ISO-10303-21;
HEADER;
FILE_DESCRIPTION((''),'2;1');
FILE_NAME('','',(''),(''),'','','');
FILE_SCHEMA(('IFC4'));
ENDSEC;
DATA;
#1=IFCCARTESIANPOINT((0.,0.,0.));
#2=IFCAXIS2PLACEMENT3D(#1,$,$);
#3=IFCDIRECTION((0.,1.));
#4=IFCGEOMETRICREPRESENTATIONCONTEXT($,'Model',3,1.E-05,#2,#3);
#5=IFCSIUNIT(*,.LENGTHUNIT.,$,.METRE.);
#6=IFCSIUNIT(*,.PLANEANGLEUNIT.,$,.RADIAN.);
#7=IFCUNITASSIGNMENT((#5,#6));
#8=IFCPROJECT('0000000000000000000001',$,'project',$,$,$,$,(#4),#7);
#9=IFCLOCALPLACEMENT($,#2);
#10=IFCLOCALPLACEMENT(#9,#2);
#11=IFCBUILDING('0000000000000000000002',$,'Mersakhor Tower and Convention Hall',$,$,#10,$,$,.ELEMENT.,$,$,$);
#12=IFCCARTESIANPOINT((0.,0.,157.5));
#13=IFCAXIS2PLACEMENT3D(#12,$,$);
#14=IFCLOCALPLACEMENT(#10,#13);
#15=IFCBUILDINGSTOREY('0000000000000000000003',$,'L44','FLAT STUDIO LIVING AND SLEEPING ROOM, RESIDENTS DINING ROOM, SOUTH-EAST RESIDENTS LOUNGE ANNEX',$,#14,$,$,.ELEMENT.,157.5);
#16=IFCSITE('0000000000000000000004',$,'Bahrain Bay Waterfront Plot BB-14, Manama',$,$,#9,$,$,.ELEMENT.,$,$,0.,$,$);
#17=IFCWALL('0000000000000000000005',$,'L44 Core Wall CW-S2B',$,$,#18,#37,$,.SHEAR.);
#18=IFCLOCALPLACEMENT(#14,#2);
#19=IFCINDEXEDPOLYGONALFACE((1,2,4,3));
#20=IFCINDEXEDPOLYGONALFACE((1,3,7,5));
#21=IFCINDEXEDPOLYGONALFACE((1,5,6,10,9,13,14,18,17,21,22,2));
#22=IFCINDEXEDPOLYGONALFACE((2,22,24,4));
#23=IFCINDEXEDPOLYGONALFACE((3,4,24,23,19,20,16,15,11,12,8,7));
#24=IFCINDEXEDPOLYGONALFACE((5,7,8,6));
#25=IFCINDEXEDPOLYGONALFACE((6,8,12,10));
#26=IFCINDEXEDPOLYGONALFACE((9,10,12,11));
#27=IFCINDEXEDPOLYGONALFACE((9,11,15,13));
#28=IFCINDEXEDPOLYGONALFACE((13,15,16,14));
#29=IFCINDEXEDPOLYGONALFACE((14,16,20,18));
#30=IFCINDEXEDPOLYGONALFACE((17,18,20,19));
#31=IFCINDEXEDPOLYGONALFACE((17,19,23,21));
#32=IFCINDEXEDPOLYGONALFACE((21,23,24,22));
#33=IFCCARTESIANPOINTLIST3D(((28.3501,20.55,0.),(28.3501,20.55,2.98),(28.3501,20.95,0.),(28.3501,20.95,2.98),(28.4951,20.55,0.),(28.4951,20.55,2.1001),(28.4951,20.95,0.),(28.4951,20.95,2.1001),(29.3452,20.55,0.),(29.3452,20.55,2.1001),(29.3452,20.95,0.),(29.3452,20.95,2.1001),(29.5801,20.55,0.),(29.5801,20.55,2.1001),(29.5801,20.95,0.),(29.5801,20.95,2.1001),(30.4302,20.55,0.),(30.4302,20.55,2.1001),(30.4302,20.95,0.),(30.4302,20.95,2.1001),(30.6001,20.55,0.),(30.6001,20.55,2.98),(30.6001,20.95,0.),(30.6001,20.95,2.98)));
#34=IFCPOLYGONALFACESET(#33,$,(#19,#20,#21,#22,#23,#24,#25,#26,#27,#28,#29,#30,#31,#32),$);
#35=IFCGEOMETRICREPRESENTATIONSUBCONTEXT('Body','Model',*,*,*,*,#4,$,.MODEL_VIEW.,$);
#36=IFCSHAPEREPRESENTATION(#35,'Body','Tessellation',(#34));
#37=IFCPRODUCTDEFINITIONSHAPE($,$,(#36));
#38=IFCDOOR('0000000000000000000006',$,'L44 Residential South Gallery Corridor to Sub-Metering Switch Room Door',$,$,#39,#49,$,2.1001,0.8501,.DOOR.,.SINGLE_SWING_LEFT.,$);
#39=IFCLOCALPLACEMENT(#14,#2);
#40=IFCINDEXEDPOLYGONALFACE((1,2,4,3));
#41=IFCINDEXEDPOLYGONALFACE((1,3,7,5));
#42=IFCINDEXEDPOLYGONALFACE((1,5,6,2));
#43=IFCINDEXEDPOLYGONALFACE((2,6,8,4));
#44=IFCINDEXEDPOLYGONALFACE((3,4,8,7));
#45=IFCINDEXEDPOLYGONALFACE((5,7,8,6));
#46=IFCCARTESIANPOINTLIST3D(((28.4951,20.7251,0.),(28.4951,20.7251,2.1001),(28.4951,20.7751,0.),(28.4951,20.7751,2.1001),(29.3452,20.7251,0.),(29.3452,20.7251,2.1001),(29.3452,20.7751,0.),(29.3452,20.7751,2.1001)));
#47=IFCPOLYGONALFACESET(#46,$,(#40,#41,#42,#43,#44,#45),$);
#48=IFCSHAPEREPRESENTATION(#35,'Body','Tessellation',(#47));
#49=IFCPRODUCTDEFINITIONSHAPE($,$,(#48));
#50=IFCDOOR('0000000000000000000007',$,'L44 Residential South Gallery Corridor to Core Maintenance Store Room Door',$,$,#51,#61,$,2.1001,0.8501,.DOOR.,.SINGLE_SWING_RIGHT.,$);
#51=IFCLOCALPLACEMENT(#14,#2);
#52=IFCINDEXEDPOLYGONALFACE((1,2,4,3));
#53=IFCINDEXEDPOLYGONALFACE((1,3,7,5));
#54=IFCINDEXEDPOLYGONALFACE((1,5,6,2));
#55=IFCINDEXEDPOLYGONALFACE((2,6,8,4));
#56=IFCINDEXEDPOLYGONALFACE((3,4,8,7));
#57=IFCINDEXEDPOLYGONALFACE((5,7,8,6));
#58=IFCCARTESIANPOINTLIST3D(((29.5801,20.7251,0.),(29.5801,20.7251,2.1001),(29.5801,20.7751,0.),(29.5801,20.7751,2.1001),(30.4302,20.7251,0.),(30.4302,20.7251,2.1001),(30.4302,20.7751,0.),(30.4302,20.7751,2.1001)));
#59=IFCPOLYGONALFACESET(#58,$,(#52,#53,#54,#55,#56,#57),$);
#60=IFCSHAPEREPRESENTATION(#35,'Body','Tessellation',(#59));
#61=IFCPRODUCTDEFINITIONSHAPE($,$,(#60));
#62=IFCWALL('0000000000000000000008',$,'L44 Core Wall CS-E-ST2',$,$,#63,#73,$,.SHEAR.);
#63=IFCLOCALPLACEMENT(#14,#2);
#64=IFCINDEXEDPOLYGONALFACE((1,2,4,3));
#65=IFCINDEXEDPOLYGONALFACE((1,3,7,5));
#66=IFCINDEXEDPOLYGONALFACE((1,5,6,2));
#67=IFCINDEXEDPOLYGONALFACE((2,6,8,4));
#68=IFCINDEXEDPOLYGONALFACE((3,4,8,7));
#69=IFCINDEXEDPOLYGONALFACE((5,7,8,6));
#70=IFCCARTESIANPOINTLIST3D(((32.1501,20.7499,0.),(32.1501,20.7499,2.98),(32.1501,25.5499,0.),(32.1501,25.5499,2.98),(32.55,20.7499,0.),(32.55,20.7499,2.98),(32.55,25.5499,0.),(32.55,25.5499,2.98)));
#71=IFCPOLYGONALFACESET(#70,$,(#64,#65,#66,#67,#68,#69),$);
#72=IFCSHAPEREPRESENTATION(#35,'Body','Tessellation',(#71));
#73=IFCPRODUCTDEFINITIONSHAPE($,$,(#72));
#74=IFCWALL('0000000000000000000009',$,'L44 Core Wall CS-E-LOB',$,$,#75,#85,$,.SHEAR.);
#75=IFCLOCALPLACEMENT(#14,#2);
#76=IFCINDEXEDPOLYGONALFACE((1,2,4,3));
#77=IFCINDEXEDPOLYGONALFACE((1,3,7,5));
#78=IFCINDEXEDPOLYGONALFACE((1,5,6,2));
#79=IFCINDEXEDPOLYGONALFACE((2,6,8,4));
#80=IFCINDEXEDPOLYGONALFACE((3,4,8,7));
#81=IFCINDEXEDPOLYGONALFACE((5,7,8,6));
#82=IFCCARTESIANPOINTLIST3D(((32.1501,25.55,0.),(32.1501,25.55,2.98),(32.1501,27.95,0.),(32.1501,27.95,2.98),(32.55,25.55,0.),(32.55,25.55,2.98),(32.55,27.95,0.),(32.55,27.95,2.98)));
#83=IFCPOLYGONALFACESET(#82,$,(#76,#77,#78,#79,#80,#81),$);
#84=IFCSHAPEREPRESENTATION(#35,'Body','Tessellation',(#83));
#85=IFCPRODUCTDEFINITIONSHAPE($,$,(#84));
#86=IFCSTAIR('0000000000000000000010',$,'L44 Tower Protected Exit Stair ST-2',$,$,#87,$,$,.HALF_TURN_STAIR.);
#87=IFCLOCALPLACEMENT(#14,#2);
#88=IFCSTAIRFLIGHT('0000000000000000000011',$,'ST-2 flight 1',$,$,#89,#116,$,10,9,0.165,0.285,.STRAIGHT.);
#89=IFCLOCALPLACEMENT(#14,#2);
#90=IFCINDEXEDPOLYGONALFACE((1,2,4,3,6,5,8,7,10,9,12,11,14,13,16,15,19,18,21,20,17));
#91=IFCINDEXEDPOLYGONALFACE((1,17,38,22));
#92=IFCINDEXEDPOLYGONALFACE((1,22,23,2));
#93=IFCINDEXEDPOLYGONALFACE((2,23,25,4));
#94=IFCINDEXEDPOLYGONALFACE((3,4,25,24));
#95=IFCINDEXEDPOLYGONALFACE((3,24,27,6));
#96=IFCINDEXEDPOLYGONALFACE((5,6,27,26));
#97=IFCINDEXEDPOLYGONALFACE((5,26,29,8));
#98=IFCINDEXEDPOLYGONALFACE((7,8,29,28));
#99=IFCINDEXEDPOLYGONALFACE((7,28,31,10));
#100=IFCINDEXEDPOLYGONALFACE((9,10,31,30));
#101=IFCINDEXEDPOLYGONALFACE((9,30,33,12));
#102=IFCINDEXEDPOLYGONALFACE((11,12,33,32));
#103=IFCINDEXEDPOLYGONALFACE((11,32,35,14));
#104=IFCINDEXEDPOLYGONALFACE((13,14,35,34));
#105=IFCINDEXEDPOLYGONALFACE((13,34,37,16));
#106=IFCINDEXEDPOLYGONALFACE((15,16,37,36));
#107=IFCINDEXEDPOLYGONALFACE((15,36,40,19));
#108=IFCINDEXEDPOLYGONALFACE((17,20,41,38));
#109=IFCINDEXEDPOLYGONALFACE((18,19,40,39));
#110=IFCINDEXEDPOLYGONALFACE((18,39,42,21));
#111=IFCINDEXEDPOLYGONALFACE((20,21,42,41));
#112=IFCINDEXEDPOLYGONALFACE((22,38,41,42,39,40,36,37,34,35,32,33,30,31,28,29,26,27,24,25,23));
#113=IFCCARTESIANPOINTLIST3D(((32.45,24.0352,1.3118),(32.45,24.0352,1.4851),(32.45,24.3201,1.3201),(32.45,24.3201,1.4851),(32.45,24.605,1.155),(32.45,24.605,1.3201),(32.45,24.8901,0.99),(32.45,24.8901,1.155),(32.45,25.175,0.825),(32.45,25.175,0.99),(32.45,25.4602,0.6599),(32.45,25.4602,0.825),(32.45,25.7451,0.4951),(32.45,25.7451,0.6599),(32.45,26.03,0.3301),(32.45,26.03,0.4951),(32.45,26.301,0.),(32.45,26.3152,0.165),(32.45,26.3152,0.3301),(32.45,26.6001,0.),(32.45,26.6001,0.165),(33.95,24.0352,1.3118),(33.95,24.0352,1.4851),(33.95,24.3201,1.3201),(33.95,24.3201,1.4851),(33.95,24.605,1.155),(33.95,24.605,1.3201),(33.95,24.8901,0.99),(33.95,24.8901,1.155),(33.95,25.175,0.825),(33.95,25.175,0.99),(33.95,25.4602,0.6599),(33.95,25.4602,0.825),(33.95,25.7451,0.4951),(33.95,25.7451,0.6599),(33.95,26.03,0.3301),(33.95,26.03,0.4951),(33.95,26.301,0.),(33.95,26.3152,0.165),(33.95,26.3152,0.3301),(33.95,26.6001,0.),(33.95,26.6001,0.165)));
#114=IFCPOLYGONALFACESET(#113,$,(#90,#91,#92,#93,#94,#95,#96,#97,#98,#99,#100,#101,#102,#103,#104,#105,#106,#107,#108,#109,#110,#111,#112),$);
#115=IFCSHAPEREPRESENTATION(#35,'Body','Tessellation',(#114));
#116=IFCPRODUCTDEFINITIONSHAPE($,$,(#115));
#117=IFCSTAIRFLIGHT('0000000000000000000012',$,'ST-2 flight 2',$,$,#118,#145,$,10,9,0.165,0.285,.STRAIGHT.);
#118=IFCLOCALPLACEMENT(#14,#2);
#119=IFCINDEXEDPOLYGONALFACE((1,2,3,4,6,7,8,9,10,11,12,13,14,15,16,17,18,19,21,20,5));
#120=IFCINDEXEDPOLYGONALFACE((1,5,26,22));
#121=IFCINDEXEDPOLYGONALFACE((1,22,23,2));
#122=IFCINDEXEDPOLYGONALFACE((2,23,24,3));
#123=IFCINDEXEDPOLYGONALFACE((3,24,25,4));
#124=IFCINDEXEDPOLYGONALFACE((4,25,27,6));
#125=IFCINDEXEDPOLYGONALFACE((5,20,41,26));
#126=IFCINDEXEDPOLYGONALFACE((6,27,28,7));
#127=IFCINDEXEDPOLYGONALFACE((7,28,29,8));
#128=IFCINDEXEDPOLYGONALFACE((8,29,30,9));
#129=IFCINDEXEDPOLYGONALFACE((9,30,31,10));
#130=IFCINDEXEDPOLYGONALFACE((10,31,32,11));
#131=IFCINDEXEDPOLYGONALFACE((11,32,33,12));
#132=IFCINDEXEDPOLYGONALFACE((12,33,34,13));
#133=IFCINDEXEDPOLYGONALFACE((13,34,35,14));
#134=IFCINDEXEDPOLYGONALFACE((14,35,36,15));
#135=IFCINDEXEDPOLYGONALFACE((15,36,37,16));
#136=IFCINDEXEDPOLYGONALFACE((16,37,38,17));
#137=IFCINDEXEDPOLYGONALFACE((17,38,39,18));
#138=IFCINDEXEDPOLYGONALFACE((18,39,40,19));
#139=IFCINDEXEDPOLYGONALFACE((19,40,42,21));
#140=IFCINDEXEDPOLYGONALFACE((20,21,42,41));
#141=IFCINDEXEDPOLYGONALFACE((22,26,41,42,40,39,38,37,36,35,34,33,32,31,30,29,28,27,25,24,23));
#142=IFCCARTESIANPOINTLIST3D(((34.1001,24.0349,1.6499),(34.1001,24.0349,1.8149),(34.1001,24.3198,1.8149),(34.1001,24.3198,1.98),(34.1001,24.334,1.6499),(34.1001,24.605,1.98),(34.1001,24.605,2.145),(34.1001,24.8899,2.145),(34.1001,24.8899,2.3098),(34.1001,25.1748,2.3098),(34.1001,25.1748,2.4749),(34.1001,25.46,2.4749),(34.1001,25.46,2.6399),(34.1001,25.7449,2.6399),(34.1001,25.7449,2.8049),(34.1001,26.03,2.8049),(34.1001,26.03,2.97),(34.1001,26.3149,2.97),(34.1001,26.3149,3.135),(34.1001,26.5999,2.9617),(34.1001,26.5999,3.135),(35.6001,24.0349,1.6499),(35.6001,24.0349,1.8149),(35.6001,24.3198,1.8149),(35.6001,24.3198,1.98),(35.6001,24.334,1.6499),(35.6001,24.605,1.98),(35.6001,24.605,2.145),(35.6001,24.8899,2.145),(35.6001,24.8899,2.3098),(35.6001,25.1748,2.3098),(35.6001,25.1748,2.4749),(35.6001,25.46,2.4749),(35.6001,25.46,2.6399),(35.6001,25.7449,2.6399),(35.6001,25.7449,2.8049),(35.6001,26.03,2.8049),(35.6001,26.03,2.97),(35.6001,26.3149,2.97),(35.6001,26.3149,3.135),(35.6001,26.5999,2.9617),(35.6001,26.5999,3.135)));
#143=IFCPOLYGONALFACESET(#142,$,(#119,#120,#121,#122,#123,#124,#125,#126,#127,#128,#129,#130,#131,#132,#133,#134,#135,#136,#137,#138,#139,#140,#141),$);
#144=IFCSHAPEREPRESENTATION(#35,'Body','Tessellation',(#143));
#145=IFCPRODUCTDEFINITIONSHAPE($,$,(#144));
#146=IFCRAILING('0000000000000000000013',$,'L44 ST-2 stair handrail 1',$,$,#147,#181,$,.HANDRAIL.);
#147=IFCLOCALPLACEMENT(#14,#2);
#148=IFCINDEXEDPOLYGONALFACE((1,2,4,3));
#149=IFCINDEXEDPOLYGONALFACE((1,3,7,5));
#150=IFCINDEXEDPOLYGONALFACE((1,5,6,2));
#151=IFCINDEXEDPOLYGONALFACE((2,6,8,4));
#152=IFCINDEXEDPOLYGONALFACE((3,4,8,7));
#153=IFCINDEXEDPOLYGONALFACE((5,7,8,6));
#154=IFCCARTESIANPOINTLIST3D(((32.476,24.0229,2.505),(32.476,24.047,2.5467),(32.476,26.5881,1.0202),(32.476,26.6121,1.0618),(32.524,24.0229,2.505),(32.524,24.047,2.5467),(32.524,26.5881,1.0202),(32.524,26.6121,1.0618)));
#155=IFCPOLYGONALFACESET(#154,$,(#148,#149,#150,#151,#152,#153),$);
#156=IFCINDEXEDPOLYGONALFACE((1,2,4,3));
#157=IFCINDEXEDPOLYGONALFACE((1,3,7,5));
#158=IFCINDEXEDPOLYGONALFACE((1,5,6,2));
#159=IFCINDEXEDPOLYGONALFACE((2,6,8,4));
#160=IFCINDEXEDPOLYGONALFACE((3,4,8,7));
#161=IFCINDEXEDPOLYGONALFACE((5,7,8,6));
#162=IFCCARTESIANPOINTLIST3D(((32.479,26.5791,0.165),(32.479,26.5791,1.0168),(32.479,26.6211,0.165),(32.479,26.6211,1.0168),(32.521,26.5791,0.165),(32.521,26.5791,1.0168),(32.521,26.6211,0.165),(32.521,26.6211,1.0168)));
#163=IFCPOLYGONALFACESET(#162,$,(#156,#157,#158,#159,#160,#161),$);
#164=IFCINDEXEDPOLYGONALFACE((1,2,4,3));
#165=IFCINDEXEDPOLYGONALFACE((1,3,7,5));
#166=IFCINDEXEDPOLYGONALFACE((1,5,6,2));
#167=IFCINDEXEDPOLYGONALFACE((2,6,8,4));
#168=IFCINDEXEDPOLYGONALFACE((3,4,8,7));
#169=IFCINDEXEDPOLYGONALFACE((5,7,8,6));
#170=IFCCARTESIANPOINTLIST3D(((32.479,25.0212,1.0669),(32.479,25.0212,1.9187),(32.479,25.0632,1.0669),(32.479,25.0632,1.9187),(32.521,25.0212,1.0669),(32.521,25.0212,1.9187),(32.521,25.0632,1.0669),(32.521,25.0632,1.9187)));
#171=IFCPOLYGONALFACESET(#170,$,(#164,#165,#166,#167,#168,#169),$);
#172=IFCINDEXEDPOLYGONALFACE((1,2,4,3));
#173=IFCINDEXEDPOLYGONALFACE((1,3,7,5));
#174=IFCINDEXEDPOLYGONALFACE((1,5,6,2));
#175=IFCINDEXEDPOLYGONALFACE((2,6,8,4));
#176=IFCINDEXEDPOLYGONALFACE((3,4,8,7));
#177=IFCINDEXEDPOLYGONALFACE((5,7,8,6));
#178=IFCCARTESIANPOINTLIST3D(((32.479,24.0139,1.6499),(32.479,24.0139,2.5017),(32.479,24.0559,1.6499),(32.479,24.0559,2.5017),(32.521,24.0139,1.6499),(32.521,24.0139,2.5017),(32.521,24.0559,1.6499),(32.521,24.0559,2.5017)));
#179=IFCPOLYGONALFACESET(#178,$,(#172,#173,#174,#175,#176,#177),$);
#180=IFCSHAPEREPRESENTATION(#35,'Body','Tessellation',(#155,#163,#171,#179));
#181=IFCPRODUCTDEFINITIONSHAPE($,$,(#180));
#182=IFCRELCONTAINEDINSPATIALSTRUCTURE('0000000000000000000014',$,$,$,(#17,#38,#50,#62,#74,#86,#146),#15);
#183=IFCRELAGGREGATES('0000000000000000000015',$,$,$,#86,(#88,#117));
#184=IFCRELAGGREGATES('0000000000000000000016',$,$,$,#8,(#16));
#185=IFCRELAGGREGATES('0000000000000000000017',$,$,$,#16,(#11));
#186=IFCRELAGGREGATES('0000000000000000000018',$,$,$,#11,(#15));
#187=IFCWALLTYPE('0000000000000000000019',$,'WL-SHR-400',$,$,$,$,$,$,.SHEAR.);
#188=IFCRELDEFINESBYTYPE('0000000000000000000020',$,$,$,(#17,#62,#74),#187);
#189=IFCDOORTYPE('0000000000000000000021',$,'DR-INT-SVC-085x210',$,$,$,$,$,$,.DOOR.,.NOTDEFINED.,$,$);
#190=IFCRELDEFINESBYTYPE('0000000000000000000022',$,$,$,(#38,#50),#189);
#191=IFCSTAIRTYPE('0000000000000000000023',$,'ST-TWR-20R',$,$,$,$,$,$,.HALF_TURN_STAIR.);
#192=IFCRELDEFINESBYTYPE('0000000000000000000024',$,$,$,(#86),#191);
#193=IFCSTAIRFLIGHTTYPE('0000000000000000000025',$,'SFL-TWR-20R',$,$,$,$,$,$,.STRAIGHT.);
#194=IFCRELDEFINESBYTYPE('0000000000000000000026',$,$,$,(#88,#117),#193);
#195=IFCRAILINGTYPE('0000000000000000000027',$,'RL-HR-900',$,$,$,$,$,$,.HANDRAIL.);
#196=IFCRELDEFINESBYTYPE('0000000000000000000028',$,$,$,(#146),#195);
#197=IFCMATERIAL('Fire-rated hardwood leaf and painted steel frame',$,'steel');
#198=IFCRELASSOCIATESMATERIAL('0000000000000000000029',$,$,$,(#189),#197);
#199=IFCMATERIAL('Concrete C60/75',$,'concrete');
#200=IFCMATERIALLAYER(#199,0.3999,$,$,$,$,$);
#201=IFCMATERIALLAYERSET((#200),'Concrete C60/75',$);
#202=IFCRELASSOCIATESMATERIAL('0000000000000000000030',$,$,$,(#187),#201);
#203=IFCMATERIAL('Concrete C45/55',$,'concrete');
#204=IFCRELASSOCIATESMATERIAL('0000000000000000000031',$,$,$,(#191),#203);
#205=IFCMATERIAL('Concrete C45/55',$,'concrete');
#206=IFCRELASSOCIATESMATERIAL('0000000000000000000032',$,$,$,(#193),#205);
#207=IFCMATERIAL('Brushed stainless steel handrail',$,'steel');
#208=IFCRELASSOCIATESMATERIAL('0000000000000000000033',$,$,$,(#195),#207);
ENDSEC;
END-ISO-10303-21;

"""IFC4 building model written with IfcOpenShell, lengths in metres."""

from ifc_helpers import new_model, si_unit, direction, frame, frame_2d, origin, origin_2d, place, context, subcontext, project, spatial, polyline, rectangle, outline, extrude, material, layer, layer_set, type_object, element, fill, aggregate, save


model = new_model("IFC4")

# Units and contexts
model_context = context("Model", 3, precision=1e-05, world=origin(), true_north=direction((0.0, 1.0)))
body_context = subcontext(model_context, "Body", "Model", "MODEL_VIEW")
ifc_project = project(units=[si_unit("LENGTHUNIT", "METRE"), si_unit("PLANEANGLEUNIT", "RADIAN")], contexts=[model_context])

# Site, building, storey
site_placement = place(None, origin())
site = spatial("IfcSite", under=ifc_project, at=site_placement, Name="Bahrain Bay Waterfront Plot BB-14, Manama", CompositionType="ELEMENT", RefElevation=0.0)
building_placement = place(site_placement, origin())
building = spatial("IfcBuilding", under=site, at=building_placement, Name="Mersakhor Tower and Convention Hall", CompositionType="ELEMENT")
storey_placement = place(building_placement, frame((0.0, 0.0, 157.5)))
storey = spatial("IfcBuildingStorey", under=building, at=storey_placement, Name="L44", Description="FLAT STUDIO LIVING AND SLEEPING ROOM, RESIDENTS DINING ROOM, SOUTH-EAST RESIDENTS LOUNGE ANNEX", CompositionType="ELEMENT", Elevation=157.5)

# Shared definitions
ifc_material_1 = material(Name="Fire-rated hardwood leaf and painted steel frame", Category="steel")
door_type_1 = type_object("IfcDoorType", Name="DR-INT-SVC-085x210", OperationType="NOTDEFINED", PredefinedType="DOOR", material=ifc_material_1)

# Shared definitions
ifc_material_2 = material(Name="Concrete C60/75", Category="concrete")
ifc_layer_1 = layer(ifc_material_2, 0.3999)
ifc_layer_set_1 = layer_set([ifc_layer_1], Name="Concrete C60/75")
wall_type_1 = type_object("IfcWallType", Name="WL-SHR-400", PredefinedType="SHEAR", material=ifc_layer_set_1)

# Wall, openings, doors
wall_1_placement = place(storey_placement, frame((30.6001, 20.75, 0.0), z_axis=(0.0, 0.0, 1.0), x_axis=(-1.0, 0.0, 0.0)))
wall_1 = element("IfcWall", 1, at=wall_1_placement, inside=storey, type_object=wall_type_1, Name="L44 Core Wall CW-S2B", PredefinedType="SHEAR", context=body_context, shape_type="SweptSolid", body=[
    extrude(rectangle(XDim=2.25, YDim=0.3999, at=frame_2d((1.125, 0.0))), origin(), (0.0, 0.0, 1.0), 2.98),
])
opening_1_placement = place(wall_1_placement, frame((1.2549, 0.0, 0.0)))
opening_1 = element("IfcOpeningElement", 2, at=opening_1_placement, cuts=wall_1, PredefinedType="OPENING", context=body_context, shape_type="SweptSolid", body=[
    extrude(rectangle(XDim=0.8501, YDim=2.1001, at=frame_2d((0.425, 1.05))), frame((0.0, 0.21, 0.0), z_axis=(0.0, -1.0, 0.0), x_axis=(1.0, 0.0, 0.0)), (0.0, 0.0, 1.0), 0.4199),
])
opening_2_placement = place(wall_1_placement, frame((0.1699, 0.0, 0.0)))
opening_2 = element("IfcOpeningElement", 3, at=opening_2_placement, cuts=wall_1, PredefinedType="OPENING", context=body_context, shape_type="SweptSolid", body=[
    extrude(rectangle(XDim=0.8501, YDim=2.1001, at=frame_2d((0.425, 1.05))), frame((0.0, 0.21, 0.0), z_axis=(0.0, -1.0, 0.0), x_axis=(1.0, 0.0, 0.0)), (0.0, 0.0, 1.0), 0.4199),
])
door_1_placement = place(opening_1_placement, origin())
door_1 = element("IfcDoor", 4, at=door_1_placement, inside=storey, type_object=door_type_1, Name="L44 Residential South Gallery Corridor to Sub-Metering Switch Room Door", OperationType="SINGLE_SWING_LEFT", OverallHeight=2.1001, OverallWidth=0.8501, PredefinedType="DOOR", context=body_context, shape_type="SweptSolid", body=[
    extrude(rectangle(XDim=0.8501, YDim=2.1001, at=frame_2d((0.425, 1.05))), frame((0.0, 0.0249, 0.0), z_axis=(0.0, -1.0, 0.0), x_axis=(1.0, 0.0, 0.0)), (0.0, 0.0, 1.0), 0.05),
])
fill(opening_1, door_1)
door_2_placement = place(opening_2_placement, origin())
door_2 = element("IfcDoor", 5, at=door_2_placement, inside=storey, type_object=door_type_1, Name="L44 Residential South Gallery Corridor to Core Maintenance Store Room Door", OperationType="SINGLE_SWING_RIGHT", OverallHeight=2.1001, OverallWidth=0.8501, PredefinedType="DOOR", context=body_context, shape_type="SweptSolid", body=[
    extrude(rectangle(XDim=0.8501, YDim=2.1001, at=frame_2d((0.425, 1.05))), frame((0.0, 0.0249, 0.0), z_axis=(0.0, -1.0, 0.0), x_axis=(1.0, 0.0, 0.0)), (0.0, 0.0, 1.0), 0.05),
])
fill(opening_2, door_2)

# Walls
wall_2_placement = place(storey_placement, frame((32.3501, 20.75, 0.0), z_axis=(0.0, 0.0, 1.0), x_axis=(0.0, 1.0, 0.0)))
element("IfcWall", 6, at=wall_2_placement, inside=storey, type_object=wall_type_1, Name="L44 Core Wall CS-E-ST2", PredefinedType="SHEAR", context=body_context, shape_type="SweptSolid", body=[
    extrude(rectangle(XDim=4.8, YDim=0.3999, at=frame_2d((2.3999, 0.0))), origin(), (0.0, 0.0, 1.0), 2.98),
])
wall_3_placement = place(storey_placement, frame((32.3501, 25.55, 0.0), z_axis=(0.0, 0.0, 1.0), x_axis=(0.0, 1.0, 0.0)))
element("IfcWall", 7, at=wall_3_placement, inside=storey, type_object=wall_type_1, Name="L44 Core Wall CS-E-LOB", PredefinedType="SHEAR", context=body_context, shape_type="SweptSolid", body=[
    extrude(rectangle(XDim=2.3999, YDim=0.3999, at=frame_2d((1.2, 0.0))), origin(), (0.0, 0.0, 1.0), 2.98),
])

# Stair, stair flights
ifc_material_3 = material(Name="Concrete C45/55", Category="concrete")
stair_type = type_object("IfcStairType", Name="ST-TWR-20R", PredefinedType="HALF_TURN_STAIR", material=ifc_material_3)
stair_placement = place(storey_placement, origin())
stair = element("IfcStair", 8, at=stair_placement, inside=storey, type_object=stair_type, Name="L44 Tower Protected Exit Stair ST-2", PredefinedType="HALF_TURN_STAIR")
ifc_material_4 = material(Name="Concrete C45/55", Category="concrete")
stair_flight_type = type_object("IfcStairFlightType", Name="SFL-TWR-20R", PredefinedType="STRAIGHT", material=ifc_material_4)
stair_flight_1_placement = place(storey_placement, frame((33.2, 26.6001, 0.0), z_axis=(0.0, 0.0, 1.0), x_axis=(0.0, -1.0, 0.0)))
stair_flight_1 = element("IfcStairFlight", 9, at=stair_flight_1_placement, type_object=stair_flight_type, Name="ST-2 flight 1", NumberOfRisers=10, NumberOfTreads=9, PredefinedType="STRAIGHT", RiserHeight=0.165, TreadLength=0.285, context=body_context, shape_type="SweptSolid", body=[
    extrude(outline(polyline([(0.0, 0.0), (0.0, 0.165), (0.2849, 0.165), (0.2849, 0.3301), (0.5701, 0.3301), (0.5701, 0.4951), (0.855, 0.4951), (0.855, 0.6599), (1.1399, 0.6599), (1.1399, 0.825), (1.425, 0.825), (1.425, 0.99), (1.71, 0.99), (1.71, 1.155), (1.9951, 1.155), (1.9951, 1.3201), (2.28, 1.3201), (2.28, 1.4851), (2.5649, 1.4851), (2.5649, 1.6499), (2.5649, 1.3118), (0.2991, 0.0), (0.0, 0.0)])), frame((0.0, 0.75, 0.0), z_axis=(0.0, -1.0, 0.0), x_axis=(1.0, 0.0, 0.0)), (0.0, 0.0, 1.0), 1.5),
])
stair_flight_2_placement = place(storey_placement, frame((34.8501, 24.0349, 1.6499), z_axis=(0.0, 0.0, 1.0), x_axis=(0.0, 1.0, 0.0)))
stair_flight_2 = element("IfcStairFlight", 10, at=stair_flight_2_placement, type_object=stair_flight_type, Name="ST-2 flight 2", NumberOfRisers=10, NumberOfTreads=9, PredefinedType="STRAIGHT", RiserHeight=0.165, TreadLength=0.285, context=body_context, shape_type="SweptSolid", body=[
    extrude(outline(polyline([(0.0, 0.0), (0.0, 0.165), (0.2849, 0.165), (0.2849, 0.3301), (0.5701, 0.3301), (0.5701, 0.4951), (0.855, 0.4951), (0.855, 0.6599), (1.1399, 0.6599), (1.1399, 0.825), (1.425, 0.825), (1.425, 0.99), (1.71, 0.99), (1.71, 1.155), (1.9951, 1.155), (1.9951, 1.3201), (2.28, 1.3201), (2.28, 1.4851), (2.5649, 1.4851), (2.5649, 1.6499), (2.5649, 1.3118), (0.2991, 0.0), (0.0, 0.0)])), frame((0.0, 0.75, 0.0), z_axis=(0.0, -1.0, 0.0), x_axis=(1.0, 0.0, 0.0)), (0.0, 0.0, 1.0), 1.5),
])
aggregate(stair, [stair_flight_1, stair_flight_2])

# Railing
ifc_material_5 = material(Name="Brushed stainless steel handrail", Category="steel")
railing_type_1 = type_object("IfcRailingType", Name="RL-HR-900", PredefinedType="HANDRAIL", material=ifc_material_5)
railing_1_placement = place(storey_placement, frame((32.5, 26.6001, 0.165)))
element("IfcRailing", 11, at=railing_1_placement, inside=storey, type_object=railing_type_1, Name="L44 ST-2 stair handrail 1", PredefinedType="HANDRAIL", context=body_context, shape_type="SweptSolid", body=[
    extrude(rectangle(XDim=0.0481, YDim=0.0481, at=origin_2d()), frame((0.0, 0.0, 0.876), z_axis=(0.0, -0.865462, 0.500975), x_axis=(1.0, 0.0, 0.0)), (0.0, 0.0, 1.0), 2.9639),
    extrude(rectangle(XDim=0.042, YDim=0.042, at=origin_2d()), origin(), (0.0, 0.0, 1.0), 0.8518),
    extrude(rectangle(XDim=0.042, YDim=0.042, at=origin_2d()), frame((0.0, -1.5579, 0.9019)), (0.0, 0.0, 1.0), 0.8518),
    extrude(rectangle(XDim=0.042, YDim=0.042, at=origin_2d()), frame((0.0, -2.5652, 1.4849)), (0.0, 0.0, 1.0), 0.8518),
])

save(model, "model.ifc")
